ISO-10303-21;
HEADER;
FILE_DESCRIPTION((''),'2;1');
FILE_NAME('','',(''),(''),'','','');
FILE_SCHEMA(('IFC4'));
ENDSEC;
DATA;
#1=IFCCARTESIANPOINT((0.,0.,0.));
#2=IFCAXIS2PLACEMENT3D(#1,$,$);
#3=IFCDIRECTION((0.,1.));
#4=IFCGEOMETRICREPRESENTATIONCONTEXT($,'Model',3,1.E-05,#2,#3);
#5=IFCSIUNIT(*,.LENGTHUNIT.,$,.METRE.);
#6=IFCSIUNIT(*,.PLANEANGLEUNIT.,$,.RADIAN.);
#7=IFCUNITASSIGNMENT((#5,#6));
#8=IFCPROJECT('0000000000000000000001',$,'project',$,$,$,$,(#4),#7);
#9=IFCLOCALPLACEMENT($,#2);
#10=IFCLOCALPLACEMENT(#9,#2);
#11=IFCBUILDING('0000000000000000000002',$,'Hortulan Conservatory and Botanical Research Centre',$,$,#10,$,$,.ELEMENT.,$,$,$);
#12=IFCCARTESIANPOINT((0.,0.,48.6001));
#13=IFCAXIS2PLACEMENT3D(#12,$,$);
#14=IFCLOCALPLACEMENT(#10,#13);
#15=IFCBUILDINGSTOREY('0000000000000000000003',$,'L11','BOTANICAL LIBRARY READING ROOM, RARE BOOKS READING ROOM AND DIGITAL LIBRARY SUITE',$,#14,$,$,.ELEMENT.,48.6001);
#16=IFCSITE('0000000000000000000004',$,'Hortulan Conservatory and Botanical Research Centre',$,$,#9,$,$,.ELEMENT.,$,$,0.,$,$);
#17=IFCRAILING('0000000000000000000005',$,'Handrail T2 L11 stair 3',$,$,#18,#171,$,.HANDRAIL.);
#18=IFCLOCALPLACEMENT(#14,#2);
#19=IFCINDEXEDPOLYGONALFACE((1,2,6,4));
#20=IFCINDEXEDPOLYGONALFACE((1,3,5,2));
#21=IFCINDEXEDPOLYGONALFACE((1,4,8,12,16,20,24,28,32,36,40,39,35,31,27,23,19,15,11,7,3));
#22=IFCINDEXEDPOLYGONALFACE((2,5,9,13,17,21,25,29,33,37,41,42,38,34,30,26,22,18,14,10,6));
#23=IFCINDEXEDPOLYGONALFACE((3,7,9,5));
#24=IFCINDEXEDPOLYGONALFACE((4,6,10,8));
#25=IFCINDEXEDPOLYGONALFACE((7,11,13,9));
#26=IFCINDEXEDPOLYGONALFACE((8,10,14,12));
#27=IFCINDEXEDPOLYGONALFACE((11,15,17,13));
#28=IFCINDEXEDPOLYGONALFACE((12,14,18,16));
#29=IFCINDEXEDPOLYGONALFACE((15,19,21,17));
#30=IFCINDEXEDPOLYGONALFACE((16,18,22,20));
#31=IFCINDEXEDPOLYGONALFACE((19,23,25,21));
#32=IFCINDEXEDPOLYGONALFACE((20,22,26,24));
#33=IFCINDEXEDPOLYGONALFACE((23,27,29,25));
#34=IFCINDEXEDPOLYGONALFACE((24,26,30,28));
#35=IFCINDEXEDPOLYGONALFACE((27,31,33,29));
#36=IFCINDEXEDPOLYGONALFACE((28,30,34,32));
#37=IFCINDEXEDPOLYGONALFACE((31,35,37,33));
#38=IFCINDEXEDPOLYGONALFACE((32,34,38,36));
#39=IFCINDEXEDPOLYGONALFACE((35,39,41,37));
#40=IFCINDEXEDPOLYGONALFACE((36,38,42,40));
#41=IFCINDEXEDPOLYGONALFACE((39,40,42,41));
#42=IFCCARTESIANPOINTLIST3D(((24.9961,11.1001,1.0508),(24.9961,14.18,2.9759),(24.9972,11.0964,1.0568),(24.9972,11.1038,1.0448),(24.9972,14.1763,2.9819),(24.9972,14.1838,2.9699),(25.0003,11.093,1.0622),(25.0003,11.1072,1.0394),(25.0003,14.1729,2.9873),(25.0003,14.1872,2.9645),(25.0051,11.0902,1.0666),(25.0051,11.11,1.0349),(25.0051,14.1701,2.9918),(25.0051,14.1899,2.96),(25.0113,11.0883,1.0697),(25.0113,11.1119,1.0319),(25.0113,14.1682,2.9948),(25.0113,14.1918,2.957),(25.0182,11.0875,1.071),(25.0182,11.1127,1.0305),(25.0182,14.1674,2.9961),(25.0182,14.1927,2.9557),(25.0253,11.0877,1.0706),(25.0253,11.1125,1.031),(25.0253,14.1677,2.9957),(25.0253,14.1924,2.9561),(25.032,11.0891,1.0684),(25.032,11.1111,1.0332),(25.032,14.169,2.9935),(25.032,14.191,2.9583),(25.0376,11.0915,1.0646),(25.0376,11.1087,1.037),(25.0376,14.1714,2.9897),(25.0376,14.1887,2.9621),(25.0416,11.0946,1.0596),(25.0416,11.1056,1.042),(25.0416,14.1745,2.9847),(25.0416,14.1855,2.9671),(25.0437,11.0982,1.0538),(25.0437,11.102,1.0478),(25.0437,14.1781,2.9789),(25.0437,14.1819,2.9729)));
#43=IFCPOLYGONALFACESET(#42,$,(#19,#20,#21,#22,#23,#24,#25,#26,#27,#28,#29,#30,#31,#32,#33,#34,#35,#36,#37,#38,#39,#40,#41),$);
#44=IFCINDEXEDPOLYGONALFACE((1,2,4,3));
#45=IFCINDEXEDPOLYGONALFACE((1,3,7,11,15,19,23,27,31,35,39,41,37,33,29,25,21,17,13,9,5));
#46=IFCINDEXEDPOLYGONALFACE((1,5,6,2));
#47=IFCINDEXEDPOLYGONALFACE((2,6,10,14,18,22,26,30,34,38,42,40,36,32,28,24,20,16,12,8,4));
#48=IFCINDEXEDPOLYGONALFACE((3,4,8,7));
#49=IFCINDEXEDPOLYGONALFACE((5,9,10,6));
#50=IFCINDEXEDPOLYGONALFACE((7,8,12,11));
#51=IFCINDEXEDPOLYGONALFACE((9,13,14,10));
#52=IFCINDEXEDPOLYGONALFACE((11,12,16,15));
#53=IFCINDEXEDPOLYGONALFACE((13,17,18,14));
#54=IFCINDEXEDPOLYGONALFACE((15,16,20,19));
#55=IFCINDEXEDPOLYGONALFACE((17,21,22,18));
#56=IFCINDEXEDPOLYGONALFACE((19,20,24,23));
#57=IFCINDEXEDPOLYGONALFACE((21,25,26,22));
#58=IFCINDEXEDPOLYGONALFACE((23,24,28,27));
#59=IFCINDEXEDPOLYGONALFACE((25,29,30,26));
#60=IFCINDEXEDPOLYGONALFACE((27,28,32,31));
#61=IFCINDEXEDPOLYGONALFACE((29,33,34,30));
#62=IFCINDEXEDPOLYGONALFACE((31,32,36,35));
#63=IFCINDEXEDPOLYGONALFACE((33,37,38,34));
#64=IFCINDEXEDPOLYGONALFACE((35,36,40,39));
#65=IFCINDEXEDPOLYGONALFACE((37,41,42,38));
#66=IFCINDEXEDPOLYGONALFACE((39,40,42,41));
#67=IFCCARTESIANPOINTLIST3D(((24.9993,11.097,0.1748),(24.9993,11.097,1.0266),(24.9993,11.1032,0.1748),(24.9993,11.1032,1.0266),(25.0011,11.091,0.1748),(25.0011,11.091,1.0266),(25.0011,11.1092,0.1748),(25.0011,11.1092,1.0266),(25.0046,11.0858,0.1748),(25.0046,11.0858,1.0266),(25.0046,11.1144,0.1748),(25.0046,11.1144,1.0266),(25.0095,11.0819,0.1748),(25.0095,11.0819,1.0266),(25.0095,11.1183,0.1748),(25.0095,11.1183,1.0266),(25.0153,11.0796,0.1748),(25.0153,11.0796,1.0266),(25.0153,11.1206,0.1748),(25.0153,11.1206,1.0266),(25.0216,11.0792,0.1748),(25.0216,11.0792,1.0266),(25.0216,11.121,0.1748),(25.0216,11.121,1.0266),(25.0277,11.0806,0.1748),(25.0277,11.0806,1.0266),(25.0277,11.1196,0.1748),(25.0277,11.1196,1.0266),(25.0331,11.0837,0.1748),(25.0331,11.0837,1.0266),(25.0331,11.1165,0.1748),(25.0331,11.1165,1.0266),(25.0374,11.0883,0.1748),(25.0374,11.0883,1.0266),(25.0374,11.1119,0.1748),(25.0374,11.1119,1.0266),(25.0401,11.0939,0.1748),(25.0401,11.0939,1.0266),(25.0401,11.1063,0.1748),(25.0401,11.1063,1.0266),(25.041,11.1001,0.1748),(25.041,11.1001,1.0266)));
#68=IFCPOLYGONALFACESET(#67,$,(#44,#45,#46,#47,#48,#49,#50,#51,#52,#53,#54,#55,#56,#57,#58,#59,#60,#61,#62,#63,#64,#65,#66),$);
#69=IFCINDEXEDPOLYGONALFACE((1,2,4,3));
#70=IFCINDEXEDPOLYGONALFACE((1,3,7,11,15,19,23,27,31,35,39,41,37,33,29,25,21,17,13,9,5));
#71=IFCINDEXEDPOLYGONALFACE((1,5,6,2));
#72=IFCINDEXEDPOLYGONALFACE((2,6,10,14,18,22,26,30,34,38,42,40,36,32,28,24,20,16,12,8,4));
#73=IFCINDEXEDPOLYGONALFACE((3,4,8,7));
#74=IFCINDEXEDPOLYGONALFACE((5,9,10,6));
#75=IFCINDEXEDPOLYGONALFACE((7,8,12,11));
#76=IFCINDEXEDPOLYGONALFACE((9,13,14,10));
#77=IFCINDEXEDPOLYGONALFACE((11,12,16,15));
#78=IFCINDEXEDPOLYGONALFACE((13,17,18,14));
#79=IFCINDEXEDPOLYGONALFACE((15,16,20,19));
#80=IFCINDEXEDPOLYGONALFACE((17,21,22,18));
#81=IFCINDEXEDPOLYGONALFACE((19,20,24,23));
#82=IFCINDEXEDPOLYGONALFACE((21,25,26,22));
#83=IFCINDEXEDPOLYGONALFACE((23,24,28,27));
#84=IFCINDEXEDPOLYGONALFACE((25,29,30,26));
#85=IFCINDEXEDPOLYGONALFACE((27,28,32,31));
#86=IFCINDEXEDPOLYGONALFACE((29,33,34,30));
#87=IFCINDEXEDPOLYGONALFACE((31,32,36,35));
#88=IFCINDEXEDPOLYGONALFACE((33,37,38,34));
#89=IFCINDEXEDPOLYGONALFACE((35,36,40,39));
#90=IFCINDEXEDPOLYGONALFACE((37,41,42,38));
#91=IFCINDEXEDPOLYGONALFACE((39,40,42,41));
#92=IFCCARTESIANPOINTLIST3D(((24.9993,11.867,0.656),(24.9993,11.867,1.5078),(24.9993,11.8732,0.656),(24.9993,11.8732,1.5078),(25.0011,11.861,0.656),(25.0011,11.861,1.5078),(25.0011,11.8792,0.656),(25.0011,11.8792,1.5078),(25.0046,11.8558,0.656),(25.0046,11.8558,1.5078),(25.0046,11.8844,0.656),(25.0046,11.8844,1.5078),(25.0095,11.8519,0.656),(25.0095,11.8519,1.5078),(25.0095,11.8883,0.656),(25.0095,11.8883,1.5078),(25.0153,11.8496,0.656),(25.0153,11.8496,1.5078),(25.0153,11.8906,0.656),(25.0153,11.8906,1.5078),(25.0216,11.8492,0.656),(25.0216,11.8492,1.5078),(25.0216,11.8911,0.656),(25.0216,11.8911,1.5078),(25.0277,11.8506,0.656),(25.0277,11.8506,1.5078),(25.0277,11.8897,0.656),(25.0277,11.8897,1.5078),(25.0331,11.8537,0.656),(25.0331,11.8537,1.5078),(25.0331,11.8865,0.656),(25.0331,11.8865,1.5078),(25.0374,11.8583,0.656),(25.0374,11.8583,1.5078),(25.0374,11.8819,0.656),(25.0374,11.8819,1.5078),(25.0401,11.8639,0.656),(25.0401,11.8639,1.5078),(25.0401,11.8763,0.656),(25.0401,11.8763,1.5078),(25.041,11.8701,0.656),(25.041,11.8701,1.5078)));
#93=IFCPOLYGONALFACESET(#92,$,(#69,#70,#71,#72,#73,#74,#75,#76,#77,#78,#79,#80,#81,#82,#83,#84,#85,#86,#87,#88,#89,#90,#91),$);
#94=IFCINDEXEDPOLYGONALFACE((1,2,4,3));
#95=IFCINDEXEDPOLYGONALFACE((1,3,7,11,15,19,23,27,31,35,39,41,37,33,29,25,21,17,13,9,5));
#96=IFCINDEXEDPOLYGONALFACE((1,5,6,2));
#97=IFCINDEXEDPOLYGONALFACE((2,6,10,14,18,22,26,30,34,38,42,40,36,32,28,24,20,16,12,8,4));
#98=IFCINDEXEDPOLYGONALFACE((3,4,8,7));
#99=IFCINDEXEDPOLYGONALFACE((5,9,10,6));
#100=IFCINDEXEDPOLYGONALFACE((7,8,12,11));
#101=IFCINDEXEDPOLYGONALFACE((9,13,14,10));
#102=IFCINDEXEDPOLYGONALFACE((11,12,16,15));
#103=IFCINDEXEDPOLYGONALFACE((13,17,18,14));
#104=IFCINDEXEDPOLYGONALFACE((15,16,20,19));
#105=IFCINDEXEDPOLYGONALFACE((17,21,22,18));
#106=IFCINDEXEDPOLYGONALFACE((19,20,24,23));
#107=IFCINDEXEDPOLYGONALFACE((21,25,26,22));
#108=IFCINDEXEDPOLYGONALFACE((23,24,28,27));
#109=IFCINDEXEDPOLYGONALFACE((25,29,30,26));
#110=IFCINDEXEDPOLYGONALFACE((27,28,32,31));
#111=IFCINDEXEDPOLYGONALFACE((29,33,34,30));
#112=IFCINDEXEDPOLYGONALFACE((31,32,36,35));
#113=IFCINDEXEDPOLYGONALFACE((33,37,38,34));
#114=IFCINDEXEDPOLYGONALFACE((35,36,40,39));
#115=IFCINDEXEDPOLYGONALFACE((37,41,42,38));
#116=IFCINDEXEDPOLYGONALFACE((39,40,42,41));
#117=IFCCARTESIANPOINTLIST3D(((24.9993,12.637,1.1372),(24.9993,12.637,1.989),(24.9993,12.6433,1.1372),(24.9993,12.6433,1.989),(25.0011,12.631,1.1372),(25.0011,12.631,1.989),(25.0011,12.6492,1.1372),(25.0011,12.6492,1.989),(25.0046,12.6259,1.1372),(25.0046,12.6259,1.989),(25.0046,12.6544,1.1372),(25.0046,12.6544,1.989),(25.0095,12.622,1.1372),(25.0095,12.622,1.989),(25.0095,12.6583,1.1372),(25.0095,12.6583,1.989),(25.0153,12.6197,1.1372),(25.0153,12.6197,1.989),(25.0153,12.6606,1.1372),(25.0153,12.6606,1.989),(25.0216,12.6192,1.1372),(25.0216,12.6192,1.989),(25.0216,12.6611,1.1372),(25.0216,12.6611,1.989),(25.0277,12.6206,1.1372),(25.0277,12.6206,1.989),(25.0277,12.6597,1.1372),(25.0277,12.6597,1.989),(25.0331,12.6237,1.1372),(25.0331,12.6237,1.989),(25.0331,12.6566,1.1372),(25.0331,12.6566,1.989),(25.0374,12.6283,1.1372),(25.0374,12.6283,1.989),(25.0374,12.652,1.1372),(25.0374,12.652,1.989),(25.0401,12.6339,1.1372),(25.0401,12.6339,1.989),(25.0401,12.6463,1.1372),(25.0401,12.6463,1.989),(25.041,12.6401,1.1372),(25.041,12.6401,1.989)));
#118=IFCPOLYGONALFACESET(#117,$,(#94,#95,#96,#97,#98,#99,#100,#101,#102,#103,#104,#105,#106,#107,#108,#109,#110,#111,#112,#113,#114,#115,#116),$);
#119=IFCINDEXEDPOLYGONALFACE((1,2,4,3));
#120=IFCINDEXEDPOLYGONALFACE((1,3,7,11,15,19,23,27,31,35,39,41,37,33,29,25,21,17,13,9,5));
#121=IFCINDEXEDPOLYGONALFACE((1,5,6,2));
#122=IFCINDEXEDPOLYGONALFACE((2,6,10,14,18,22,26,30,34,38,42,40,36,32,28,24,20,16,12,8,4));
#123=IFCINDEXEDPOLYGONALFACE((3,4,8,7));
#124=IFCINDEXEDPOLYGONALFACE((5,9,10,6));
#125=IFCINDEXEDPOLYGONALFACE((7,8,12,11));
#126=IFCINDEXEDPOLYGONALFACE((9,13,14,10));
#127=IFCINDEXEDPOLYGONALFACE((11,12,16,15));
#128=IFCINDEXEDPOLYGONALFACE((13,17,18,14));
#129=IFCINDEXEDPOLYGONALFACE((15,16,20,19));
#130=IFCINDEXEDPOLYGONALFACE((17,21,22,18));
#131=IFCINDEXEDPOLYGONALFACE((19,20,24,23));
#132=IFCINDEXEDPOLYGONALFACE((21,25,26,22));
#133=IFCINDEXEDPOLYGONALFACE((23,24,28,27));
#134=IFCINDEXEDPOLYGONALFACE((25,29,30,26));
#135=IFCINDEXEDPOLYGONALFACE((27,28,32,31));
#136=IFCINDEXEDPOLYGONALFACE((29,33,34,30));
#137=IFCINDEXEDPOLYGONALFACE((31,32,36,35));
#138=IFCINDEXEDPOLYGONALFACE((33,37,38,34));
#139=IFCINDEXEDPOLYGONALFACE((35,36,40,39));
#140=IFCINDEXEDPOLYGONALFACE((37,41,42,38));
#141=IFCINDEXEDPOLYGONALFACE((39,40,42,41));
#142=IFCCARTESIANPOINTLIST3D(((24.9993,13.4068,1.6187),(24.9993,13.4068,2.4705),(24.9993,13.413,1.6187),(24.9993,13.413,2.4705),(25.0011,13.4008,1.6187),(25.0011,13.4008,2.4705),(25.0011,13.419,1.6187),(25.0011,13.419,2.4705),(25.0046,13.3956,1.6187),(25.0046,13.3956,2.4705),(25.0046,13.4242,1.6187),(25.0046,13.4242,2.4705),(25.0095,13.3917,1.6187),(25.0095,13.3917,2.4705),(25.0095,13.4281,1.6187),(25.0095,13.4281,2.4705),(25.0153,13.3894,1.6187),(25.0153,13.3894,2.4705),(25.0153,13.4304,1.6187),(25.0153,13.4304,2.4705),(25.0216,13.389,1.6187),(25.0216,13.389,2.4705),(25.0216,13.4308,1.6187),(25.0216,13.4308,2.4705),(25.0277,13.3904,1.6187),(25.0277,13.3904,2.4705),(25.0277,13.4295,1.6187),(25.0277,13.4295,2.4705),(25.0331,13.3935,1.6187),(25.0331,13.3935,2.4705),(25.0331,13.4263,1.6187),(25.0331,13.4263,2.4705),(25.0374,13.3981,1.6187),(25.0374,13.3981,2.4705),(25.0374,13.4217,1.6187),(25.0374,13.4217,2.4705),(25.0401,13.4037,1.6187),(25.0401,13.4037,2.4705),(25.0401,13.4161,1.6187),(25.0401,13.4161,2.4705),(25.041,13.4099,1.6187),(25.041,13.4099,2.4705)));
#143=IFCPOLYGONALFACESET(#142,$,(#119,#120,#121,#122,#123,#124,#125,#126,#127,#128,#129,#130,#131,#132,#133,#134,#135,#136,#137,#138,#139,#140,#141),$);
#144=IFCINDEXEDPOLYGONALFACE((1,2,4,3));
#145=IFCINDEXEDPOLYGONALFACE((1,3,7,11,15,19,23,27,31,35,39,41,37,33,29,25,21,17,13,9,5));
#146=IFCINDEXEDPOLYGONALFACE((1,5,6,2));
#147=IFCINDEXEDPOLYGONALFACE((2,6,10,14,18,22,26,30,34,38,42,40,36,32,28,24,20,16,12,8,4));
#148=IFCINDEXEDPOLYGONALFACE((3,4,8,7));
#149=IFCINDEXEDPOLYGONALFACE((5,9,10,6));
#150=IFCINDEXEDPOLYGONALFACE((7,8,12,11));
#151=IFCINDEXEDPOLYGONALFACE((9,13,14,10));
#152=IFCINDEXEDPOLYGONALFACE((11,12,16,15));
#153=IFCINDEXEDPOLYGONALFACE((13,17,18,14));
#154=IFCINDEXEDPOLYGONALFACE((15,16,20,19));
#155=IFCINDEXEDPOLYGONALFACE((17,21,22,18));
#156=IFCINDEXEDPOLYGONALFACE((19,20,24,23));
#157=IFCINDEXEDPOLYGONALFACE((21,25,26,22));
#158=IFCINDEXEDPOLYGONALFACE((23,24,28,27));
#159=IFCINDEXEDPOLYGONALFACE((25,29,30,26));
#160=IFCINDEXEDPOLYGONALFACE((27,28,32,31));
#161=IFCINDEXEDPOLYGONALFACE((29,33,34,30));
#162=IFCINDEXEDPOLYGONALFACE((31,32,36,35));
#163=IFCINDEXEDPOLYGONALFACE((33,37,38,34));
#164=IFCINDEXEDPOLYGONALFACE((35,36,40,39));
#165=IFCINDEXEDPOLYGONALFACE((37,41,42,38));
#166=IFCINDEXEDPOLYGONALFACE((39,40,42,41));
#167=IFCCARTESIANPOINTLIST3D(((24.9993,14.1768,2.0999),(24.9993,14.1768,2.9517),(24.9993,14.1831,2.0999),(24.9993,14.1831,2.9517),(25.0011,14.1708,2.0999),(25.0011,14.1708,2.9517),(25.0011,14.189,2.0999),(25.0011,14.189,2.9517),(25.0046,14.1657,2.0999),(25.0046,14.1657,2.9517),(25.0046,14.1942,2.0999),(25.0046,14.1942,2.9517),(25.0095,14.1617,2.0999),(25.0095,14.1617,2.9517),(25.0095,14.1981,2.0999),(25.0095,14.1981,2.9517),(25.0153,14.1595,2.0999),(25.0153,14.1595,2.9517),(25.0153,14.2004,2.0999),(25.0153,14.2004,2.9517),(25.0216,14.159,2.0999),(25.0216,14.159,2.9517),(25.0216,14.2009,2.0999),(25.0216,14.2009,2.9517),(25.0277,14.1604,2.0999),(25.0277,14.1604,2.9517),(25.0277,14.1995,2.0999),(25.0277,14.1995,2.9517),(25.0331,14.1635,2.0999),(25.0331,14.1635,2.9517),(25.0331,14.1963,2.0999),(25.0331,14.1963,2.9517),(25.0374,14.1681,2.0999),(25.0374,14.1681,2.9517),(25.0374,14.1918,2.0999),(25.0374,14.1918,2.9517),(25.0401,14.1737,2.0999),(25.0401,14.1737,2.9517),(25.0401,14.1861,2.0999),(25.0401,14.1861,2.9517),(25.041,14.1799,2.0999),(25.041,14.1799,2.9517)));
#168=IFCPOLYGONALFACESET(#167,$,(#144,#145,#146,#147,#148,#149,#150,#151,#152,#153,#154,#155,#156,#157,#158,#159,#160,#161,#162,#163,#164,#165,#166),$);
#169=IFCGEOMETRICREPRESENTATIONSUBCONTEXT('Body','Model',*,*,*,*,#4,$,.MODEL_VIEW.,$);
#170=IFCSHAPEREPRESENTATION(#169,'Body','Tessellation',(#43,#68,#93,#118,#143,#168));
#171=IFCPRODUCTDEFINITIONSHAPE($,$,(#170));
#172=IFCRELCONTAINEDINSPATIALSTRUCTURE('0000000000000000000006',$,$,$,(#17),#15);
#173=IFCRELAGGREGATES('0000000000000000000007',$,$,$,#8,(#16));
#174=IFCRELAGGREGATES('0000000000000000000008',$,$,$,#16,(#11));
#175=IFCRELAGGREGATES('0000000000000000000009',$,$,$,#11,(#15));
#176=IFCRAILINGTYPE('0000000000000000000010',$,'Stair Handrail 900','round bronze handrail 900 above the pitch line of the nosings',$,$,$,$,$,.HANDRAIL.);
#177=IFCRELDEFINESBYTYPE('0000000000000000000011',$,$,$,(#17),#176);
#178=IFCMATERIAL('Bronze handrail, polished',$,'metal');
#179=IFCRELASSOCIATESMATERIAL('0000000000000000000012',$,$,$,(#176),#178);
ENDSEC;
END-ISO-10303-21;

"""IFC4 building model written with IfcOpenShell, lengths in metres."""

from ifc_helpers import new_model, si_unit, direction, frame, origin, origin_2d, place, context, subcontext, project, spatial, circle, extrude, material, type_object, element, save


model = new_model("IFC4")

# Units and contexts
model_context = context("Model", 3, precision=1e-05, world=origin(), true_north=direction((0.0, 1.0)))
body_context = subcontext(model_context, "Body", "Model", "MODEL_VIEW")
ifc_project = project(units=[si_unit("LENGTHUNIT", "METRE"), si_unit("PLANEANGLEUNIT", "RADIAN")], contexts=[model_context])

# Site, building, storey
site_placement = place(None, origin())
site = spatial("IfcSite", under=ifc_project, at=site_placement, Name="Hortulan Conservatory and Botanical Research Centre", CompositionType="ELEMENT", RefElevation=0.0)
building_placement = place(site_placement, origin())
building = spatial("IfcBuilding", under=site, at=building_placement, Name="Hortulan Conservatory and Botanical Research Centre", CompositionType="ELEMENT")
storey_placement = place(building_placement, frame((0.0, 0.0, 48.6001)))
storey = spatial("IfcBuildingStorey", under=building, at=storey_placement, Name="L11", Description="BOTANICAL LIBRARY READING ROOM, RARE BOOKS READING ROOM AND DIGITAL LIBRARY SUITE", CompositionType="ELEMENT", Elevation=48.6001)

# Railing
ifc_material_1 = material(Name="Bronze handrail, polished", Category="metal")
railing_type_1 = type_object("IfcRailingType", Name="Stair Handrail 900", Description="round bronze handrail 900 above the pitch line of the nosings", PredefinedType="HANDRAIL", material=ifc_material_1)
railing_1_placement = place(storey_placement, frame((25.02, 11.1001, 0.1748)))
element("IfcRailing", 1, at=railing_1_placement, inside=storey, type_object=railing_type_1, Name="Handrail T2 L11 stair 3", PredefinedType="HANDRAIL", context=body_context, shape_type="SweptSolid", body=[
    extrude(circle(Radius=0.0239, at=origin_2d()), frame((0.0, 0.0, 0.876), z_axis=(0.0, 0.847979, 0.530029), x_axis=(-1.0, 0.0, 0.0)), (0.0, 0.0, 1.0), 3.6321),
    extrude(circle(Radius=0.021, at=origin_2d()), origin(), (0.0, 0.0, 1.0), 0.8518),
    extrude(circle(Radius=0.021, at=origin_2d()), frame((0.0, 0.77, 0.4812)), (0.0, 0.0, 1.0), 0.8518),
    extrude(circle(Radius=0.021, at=origin_2d()), frame((0.0, 1.54, 0.9624)), (0.0, 0.0, 1.0), 0.8518),
    extrude(circle(Radius=0.021, at=origin_2d()), frame((0.0, 2.3098, 1.4438)), (0.0, 0.0, 1.0), 0.8518),
    extrude(circle(Radius=0.021, at=origin_2d()), frame((0.0, 3.0798, 1.925)), (0.0, 0.0, 1.0), 0.8518),
])

save(model, "model.ifc")
